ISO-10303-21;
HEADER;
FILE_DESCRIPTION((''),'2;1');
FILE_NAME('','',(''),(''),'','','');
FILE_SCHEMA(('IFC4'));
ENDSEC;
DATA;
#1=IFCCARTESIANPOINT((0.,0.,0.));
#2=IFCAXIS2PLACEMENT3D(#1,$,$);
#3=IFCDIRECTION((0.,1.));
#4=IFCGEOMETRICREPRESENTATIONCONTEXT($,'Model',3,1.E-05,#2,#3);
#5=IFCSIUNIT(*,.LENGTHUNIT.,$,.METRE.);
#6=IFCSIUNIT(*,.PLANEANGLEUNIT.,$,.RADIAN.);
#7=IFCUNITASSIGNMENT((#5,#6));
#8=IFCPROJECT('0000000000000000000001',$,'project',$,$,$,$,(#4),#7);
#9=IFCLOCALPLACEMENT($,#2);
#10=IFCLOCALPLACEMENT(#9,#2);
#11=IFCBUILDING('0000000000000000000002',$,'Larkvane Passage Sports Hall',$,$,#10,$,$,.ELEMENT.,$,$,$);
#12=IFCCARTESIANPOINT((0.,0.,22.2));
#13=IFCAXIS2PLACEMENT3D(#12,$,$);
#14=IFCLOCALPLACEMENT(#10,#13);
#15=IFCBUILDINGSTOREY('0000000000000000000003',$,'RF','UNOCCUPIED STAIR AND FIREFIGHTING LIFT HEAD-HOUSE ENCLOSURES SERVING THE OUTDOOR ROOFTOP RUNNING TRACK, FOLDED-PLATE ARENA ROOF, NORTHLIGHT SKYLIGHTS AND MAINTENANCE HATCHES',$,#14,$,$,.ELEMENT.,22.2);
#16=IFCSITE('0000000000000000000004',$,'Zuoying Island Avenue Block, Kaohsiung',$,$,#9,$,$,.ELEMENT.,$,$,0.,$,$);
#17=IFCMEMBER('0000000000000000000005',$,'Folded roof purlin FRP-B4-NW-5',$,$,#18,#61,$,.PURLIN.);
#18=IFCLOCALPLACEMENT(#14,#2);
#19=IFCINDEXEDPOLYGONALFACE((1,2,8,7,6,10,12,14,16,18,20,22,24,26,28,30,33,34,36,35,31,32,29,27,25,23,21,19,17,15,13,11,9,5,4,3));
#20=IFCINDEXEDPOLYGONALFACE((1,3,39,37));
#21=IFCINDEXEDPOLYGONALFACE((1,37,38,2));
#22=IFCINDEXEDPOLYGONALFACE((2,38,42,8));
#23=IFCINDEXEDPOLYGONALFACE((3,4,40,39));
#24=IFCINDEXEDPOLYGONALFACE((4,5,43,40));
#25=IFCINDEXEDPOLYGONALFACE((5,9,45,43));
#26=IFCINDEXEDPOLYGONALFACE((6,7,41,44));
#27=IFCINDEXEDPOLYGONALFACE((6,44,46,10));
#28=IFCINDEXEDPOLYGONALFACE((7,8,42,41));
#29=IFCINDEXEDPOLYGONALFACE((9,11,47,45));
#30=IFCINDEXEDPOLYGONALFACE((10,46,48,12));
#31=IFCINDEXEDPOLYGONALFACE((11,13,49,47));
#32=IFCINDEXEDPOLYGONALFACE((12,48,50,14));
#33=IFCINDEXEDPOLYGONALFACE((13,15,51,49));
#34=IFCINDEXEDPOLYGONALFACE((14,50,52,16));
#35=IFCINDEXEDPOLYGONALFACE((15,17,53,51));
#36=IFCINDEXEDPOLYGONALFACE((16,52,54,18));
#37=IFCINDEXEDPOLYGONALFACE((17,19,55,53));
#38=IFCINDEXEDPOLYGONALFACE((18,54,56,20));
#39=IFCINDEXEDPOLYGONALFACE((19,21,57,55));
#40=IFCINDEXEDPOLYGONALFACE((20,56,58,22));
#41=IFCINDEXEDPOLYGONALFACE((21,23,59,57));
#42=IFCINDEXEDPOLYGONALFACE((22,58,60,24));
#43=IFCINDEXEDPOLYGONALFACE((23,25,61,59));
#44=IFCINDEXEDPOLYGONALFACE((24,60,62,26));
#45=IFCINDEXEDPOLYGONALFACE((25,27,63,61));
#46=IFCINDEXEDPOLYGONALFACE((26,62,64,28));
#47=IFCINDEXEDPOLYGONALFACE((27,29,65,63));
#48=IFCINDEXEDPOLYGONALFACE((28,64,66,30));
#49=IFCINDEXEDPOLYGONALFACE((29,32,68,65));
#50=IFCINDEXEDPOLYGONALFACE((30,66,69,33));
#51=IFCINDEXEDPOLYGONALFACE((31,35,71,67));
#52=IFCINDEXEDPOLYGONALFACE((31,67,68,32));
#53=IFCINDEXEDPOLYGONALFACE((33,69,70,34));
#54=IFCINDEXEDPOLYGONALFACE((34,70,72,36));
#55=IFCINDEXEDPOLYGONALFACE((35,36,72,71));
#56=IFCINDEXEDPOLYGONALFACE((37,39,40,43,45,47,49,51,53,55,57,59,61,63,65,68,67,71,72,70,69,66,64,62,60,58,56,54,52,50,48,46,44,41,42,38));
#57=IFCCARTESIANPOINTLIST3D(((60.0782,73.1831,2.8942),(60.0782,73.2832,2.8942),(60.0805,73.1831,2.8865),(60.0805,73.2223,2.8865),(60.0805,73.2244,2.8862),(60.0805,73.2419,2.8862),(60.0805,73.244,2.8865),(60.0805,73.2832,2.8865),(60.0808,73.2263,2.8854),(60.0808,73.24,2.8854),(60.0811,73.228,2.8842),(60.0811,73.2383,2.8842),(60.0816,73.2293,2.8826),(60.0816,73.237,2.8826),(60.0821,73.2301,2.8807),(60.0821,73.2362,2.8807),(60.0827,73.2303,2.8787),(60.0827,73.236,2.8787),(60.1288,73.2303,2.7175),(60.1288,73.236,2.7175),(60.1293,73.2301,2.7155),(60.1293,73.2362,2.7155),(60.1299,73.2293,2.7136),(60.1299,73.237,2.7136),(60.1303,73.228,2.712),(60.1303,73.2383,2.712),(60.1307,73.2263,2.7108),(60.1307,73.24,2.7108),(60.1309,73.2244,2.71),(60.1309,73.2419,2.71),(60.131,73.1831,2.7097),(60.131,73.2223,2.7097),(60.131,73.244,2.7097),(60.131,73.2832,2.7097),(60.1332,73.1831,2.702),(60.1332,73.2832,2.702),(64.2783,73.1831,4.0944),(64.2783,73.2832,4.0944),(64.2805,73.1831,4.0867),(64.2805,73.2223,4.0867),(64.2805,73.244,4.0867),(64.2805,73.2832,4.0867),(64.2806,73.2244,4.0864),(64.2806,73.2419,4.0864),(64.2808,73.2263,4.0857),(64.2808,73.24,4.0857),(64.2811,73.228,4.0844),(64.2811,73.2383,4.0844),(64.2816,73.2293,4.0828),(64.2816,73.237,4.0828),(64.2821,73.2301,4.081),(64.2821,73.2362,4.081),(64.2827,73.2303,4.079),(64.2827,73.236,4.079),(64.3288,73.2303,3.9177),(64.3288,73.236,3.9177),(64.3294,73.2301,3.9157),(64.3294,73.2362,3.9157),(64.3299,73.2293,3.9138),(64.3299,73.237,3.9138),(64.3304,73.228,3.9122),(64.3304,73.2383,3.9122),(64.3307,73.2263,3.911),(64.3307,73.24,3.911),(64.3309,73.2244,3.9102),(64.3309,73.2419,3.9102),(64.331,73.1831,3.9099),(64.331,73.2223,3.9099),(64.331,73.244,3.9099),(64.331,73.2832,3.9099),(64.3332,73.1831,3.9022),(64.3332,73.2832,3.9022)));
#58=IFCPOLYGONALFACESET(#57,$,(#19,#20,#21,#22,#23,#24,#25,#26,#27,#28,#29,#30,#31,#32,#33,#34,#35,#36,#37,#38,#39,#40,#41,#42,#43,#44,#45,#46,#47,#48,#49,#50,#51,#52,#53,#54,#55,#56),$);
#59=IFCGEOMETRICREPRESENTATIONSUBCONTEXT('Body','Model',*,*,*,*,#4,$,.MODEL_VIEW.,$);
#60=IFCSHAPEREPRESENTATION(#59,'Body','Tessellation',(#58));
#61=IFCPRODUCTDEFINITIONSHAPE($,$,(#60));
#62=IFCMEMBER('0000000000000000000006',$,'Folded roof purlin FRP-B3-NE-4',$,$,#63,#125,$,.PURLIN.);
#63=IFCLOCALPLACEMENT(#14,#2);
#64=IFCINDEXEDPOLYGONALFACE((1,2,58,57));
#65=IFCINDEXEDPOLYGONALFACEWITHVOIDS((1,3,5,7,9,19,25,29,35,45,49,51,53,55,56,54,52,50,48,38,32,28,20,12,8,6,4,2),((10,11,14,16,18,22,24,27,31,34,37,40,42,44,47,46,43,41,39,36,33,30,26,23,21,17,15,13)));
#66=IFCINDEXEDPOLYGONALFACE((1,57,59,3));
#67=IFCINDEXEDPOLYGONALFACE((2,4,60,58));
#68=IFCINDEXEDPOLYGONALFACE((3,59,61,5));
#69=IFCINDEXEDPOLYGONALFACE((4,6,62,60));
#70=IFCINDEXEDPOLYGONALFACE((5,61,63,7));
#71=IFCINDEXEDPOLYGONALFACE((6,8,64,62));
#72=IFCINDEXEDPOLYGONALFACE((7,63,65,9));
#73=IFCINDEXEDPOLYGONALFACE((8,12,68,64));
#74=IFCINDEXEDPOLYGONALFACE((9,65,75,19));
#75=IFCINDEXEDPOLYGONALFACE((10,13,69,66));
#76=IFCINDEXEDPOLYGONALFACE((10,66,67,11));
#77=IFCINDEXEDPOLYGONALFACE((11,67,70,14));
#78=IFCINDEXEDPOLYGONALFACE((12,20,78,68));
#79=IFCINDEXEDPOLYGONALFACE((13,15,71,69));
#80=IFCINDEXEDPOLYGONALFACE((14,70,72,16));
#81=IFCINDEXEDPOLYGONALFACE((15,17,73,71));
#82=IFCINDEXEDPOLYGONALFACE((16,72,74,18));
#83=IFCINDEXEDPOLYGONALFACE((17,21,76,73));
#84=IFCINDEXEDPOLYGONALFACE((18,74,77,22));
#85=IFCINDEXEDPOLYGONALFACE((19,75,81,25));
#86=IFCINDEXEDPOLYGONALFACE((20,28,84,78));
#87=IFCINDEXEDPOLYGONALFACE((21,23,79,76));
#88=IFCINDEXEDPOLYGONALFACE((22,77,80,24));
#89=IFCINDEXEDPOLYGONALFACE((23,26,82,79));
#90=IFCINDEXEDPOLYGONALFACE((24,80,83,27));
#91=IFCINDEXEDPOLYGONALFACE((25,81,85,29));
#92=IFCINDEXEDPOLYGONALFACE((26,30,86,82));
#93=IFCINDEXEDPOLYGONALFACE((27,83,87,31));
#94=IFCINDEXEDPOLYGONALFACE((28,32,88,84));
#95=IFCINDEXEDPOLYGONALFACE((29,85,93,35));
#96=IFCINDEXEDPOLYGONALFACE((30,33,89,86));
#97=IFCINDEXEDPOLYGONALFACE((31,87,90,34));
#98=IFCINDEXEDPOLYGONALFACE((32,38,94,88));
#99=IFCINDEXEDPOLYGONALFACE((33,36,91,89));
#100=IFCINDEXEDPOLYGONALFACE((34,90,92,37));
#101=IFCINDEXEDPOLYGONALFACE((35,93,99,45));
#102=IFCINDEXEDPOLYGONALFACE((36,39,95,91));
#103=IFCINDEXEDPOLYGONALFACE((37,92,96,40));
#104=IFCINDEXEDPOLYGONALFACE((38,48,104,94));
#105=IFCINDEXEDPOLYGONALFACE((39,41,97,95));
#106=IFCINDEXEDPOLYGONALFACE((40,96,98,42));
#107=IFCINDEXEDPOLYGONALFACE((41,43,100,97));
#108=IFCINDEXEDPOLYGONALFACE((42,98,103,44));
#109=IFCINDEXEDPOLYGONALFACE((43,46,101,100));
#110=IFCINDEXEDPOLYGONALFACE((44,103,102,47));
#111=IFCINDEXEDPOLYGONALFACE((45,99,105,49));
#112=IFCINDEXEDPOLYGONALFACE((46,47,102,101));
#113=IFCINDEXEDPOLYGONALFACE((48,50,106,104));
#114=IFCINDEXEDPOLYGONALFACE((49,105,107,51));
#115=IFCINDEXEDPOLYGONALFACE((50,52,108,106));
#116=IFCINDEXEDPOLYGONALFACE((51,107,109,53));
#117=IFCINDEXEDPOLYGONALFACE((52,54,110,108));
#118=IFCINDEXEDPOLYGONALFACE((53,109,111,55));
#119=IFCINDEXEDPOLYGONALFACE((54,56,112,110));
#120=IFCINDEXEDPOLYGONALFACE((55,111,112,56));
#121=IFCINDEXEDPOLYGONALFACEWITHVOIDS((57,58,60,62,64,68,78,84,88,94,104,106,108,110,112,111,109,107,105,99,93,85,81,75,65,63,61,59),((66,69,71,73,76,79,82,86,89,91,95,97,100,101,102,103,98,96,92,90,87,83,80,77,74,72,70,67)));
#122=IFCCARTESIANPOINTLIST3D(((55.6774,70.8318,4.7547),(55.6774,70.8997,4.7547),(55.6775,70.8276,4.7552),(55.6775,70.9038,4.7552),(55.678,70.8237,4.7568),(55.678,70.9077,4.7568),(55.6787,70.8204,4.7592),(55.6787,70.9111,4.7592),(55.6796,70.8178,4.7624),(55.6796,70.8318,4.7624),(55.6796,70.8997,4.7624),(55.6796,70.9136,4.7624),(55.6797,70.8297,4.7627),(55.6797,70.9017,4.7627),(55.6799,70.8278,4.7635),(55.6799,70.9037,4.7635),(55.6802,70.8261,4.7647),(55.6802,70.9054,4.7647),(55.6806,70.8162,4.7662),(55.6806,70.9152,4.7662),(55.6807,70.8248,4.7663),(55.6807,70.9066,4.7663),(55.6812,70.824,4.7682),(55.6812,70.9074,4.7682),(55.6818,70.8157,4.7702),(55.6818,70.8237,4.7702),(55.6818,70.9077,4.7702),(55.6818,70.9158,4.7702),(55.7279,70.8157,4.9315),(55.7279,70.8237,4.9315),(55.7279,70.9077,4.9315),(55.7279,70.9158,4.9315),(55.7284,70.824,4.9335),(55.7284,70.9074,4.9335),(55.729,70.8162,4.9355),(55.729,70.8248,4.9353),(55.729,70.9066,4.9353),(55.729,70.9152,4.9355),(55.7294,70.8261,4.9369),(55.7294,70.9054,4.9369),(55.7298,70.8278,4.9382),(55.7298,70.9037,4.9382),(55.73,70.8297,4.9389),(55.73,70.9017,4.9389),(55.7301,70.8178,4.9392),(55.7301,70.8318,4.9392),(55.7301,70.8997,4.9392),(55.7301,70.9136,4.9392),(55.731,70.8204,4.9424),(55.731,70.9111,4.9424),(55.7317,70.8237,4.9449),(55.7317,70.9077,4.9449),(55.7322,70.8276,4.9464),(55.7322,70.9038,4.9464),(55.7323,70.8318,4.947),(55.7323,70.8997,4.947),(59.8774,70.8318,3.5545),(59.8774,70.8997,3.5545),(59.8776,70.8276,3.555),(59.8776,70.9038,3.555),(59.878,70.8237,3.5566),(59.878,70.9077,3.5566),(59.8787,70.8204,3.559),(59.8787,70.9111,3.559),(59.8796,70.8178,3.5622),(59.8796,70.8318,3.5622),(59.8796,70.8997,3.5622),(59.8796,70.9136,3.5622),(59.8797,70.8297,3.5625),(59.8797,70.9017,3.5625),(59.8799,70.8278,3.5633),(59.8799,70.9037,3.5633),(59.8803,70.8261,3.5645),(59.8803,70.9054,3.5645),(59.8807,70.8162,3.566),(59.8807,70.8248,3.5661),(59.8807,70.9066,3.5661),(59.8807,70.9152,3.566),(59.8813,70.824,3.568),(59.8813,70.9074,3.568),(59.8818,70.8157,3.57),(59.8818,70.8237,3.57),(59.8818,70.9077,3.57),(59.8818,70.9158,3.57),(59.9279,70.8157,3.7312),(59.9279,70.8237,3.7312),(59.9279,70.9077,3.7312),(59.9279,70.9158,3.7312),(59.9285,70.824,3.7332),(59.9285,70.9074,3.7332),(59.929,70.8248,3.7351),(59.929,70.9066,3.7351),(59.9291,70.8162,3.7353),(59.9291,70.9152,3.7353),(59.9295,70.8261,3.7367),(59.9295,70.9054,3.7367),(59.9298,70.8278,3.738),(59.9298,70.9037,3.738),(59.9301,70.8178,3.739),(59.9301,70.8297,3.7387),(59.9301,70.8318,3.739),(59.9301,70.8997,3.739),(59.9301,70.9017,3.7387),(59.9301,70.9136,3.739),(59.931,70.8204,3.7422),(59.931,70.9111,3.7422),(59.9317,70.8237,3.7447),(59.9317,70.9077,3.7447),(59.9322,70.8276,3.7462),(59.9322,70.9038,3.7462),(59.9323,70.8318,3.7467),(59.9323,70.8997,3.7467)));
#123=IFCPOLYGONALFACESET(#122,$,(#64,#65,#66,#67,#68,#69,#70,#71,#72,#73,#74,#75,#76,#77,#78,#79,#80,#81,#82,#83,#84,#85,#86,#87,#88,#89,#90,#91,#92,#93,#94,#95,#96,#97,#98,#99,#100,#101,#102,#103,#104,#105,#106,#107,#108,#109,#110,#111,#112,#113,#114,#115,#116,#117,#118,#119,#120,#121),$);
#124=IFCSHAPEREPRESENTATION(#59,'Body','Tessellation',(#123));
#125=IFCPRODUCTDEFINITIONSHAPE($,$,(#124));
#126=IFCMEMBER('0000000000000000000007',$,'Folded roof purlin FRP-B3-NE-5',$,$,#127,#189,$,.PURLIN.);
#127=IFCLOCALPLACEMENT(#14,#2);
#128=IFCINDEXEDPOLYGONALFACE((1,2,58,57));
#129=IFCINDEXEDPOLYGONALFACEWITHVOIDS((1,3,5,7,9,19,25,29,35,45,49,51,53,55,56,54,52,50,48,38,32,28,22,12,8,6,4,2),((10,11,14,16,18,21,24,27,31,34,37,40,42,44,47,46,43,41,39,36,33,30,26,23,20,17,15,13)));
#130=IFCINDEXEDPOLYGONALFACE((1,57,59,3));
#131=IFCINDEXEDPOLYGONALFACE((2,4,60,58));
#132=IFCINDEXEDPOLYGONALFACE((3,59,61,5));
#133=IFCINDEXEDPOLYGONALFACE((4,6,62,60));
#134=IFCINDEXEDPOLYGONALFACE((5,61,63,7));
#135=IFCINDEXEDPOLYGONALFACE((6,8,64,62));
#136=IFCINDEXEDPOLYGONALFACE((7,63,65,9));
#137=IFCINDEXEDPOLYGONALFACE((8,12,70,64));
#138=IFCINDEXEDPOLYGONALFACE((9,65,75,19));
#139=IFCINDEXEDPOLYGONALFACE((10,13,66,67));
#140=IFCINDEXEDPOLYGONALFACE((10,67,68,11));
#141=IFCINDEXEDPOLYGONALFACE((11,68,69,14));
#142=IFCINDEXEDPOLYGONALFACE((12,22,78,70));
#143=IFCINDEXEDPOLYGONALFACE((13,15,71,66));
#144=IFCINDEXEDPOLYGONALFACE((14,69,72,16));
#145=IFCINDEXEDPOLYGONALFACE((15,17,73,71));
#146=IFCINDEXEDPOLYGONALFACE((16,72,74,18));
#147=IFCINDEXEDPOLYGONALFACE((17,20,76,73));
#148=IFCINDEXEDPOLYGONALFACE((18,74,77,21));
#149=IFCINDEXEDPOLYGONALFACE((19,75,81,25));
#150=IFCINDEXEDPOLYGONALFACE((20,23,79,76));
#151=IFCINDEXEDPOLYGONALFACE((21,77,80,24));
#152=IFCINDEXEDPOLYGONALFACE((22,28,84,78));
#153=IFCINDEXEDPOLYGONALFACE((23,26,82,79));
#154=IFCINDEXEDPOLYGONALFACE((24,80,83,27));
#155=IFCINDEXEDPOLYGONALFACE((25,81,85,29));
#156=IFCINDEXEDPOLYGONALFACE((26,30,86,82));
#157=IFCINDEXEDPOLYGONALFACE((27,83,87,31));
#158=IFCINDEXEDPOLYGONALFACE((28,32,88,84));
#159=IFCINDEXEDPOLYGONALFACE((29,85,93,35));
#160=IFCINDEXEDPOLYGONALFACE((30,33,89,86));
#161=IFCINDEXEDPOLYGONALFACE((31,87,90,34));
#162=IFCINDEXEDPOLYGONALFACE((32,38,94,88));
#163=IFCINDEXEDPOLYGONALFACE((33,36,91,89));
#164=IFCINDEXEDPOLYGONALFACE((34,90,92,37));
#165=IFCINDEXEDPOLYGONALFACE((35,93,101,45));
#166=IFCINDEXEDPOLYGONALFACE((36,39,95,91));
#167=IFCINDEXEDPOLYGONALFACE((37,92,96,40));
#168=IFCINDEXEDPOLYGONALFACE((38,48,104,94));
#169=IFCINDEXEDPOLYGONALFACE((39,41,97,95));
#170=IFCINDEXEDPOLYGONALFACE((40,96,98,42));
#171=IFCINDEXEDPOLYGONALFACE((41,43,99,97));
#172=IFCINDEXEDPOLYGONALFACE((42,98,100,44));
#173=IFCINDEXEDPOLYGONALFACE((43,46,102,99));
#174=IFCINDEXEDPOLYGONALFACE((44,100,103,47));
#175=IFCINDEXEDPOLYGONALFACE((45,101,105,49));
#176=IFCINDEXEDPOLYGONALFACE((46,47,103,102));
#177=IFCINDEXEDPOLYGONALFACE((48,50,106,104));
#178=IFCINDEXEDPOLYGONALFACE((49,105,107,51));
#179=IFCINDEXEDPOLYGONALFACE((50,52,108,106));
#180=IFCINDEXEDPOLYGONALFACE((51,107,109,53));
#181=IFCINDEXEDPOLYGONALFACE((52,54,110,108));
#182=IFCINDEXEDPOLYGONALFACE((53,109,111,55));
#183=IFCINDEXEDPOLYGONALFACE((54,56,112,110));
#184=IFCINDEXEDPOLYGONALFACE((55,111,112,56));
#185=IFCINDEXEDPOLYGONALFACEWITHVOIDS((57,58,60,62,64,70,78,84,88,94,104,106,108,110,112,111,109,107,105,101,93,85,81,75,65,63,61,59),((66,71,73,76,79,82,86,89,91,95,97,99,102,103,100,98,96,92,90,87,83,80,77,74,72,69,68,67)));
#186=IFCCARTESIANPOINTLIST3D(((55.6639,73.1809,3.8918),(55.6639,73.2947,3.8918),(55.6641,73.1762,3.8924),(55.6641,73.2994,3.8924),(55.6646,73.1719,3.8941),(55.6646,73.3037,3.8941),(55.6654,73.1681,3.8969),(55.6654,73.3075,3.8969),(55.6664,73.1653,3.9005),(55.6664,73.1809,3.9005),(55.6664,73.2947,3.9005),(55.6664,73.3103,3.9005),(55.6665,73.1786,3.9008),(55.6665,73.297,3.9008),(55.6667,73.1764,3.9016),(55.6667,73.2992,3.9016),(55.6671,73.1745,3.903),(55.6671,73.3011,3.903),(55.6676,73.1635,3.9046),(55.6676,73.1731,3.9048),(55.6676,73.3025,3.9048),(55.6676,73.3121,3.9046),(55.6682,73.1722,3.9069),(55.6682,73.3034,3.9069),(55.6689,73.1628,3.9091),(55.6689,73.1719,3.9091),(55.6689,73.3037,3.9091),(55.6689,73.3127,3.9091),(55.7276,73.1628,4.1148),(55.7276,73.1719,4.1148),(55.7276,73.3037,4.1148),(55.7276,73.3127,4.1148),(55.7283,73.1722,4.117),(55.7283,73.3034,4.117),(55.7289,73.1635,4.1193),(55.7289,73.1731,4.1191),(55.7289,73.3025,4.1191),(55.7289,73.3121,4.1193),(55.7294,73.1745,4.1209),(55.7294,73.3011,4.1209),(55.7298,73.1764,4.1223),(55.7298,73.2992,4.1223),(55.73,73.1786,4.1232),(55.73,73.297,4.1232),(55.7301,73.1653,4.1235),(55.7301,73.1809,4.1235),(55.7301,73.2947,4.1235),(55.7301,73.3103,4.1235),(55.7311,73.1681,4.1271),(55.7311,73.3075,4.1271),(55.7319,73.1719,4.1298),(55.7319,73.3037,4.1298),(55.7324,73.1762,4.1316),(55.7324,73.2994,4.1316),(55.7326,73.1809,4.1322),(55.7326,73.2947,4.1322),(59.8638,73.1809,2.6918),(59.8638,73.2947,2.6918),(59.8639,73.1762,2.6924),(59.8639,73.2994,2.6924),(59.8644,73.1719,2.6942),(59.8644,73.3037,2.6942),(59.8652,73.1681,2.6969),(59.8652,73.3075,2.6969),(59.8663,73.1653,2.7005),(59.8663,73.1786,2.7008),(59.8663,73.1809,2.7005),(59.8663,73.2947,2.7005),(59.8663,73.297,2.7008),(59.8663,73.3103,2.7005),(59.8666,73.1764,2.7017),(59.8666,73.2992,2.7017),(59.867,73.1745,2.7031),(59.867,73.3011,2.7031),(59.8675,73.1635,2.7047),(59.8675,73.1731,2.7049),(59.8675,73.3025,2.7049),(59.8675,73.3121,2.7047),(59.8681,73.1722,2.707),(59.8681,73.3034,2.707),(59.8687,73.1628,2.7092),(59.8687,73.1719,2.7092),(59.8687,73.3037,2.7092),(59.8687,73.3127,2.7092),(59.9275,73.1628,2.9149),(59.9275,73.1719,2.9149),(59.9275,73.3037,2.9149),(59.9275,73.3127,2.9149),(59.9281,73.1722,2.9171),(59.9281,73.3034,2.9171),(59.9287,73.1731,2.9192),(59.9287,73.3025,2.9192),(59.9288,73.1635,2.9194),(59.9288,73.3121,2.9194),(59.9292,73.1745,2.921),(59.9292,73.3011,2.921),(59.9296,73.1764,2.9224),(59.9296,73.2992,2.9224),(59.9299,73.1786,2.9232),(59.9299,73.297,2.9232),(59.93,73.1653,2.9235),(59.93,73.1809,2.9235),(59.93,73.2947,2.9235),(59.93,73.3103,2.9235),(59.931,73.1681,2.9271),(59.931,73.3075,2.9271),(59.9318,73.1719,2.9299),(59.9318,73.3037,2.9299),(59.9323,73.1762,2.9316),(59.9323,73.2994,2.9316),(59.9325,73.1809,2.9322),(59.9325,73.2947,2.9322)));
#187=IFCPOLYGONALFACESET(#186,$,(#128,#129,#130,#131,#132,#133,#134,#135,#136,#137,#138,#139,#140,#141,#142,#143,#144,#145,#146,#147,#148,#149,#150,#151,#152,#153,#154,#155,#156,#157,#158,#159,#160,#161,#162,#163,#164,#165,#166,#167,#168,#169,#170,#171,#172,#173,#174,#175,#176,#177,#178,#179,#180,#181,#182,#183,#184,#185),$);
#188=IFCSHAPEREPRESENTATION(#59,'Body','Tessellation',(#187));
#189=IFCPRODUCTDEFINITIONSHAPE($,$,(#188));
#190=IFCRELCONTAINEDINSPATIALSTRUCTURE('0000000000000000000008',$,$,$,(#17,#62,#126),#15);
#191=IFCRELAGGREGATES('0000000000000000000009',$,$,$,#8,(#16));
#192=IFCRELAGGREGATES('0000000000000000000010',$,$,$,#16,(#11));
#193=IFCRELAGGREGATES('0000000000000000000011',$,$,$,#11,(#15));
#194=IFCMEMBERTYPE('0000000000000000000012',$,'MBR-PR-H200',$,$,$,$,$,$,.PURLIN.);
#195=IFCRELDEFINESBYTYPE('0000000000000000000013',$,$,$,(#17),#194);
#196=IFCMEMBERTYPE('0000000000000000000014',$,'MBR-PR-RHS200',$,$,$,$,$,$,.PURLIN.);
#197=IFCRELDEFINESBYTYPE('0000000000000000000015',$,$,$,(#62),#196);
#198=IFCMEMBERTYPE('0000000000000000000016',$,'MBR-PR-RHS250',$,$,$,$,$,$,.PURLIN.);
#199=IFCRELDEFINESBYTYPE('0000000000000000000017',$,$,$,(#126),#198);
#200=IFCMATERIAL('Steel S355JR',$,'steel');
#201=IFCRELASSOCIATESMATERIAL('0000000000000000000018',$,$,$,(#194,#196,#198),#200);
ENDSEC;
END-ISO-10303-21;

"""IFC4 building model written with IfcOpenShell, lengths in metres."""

from ifc_helpers import new_model, si_unit, direction, frame, origin, origin_2d, place, context, subcontext, project, spatial, hollow_rectangle, i_section, extrude, material, material_profile, profile_set, type_object, element, save


model = new_model("IFC4")

# Units and contexts
model_context = context("Model", 3, precision=1e-05, world=origin(), true_north=direction((0.0, 1.0)))
body_context = subcontext(model_context, "Body", "Model", "MODEL_VIEW")
ifc_project = project(units=[si_unit("LENGTHUNIT", "METRE"), si_unit("PLANEANGLEUNIT", "RADIAN")], contexts=[model_context])

# Site, building, storey
site_placement = place(None, origin())
site = spatial("IfcSite", under=ifc_project, at=site_placement, Name="Zuoying Island Avenue Block, Kaohsiung", CompositionType="ELEMENT", RefElevation=0.0)
building_placement = place(site_placement, origin())
building = spatial("IfcBuilding", under=site, at=building_placement, Name="Larkvane Passage Sports Hall", CompositionType="ELEMENT")
storey_placement = place(building_placement, frame((0.0, 0.0, 22.2)))
storey = spatial("IfcBuildingStorey", under=building, at=storey_placement, Name="RF", Description="UNOCCUPIED STAIR AND FIREFIGHTING LIFT HEAD-HOUSE ENCLOSURES SERVING THE OUTDOOR ROOFTOP RUNNING TRACK, FOLDED-PLATE ARENA ROOF, NORTHLIGHT SKYLIGHTS AND MAINTENANCE HATCHES", CompositionType="ELEMENT", Elevation=22.2)

# Members
ifc_material_1 = material(Name="Steel S355JR", Category="steel")
ifc_material_profile_1 = material_profile(ifc_material_1, i_section(OverallWidth=0.1001, OverallDepth=0.2, WebThickness=0.0056, FlangeThickness=0.0081, FilletRadius=0.0081, at=origin_2d()), Name="H-200x100x5.5x8")
ifc_profile_set_1 = profile_set([ifc_material_profile_1], Name="Steel S355JR")
member_type_1 = type_object("IfcMemberType", Name="MBR-PR-H200", PredefinedType="PURLIN", material=ifc_profile_set_1)
member_1_placement = place(storey_placement, frame((60.1057, 73.2332, 2.7981), z_axis=(0.961511, 0.0, 0.274765), x_axis=(0.0, 1.0, 0.0)))
element("IfcMember", 1, at=member_1_placement, inside=storey, type_object=member_type_1, Name="Folded roof purlin FRP-B4-NW-5", PredefinedType="PURLIN", context=body_context, shape_type="SweptSolid", body=[
    extrude(i_section(OverallWidth=0.1001, OverallDepth=0.2, WebThickness=0.0056, FlangeThickness=0.0081, FilletRadius=0.0081, at=origin_2d()), origin(), (0.0, 0.0, 1.0), 4.3682),
])
ifc_material_profile_2 = material_profile(ifc_material_1, hollow_rectangle(XDim=0.1001, YDim=0.2, WallThickness=0.0081, InnerFilletRadius=0.0081, OuterFilletRadius=0.0161, at=origin_2d()), Name="RHS-200x100x8")
ifc_profile_set_2 = profile_set([ifc_material_profile_2], Name="Steel S355JR")
member_type_2 = type_object("IfcMemberType", Name="MBR-PR-RHS200", PredefinedType="PURLIN", material=ifc_profile_set_2)
member_2_placement = place(storey_placement, frame((55.7048, 70.8657, 4.8508), z_axis=(0.961511, 0.0, -0.274765), x_axis=(0.0, 1.0, 0.0)))
element("IfcMember", 2, at=member_2_placement, inside=storey, type_object=member_type_2, Name="Folded roof purlin FRP-B3-NE-4", PredefinedType="PURLIN", context=body_context, shape_type="SweptSolid", body=[
    extrude(hollow_rectangle(XDim=0.1001, YDim=0.2, WallThickness=0.0081, InnerFilletRadius=0.0081, OuterFilletRadius=0.0161, at=origin_2d()), origin(), (0.0, 0.0, 1.0), 4.3682),
])
ifc_material_profile_3 = material_profile(ifc_material_1, hollow_rectangle(XDim=0.1499, YDim=0.25, WallThickness=0.009, InnerFilletRadius=0.009, OuterFilletRadius=0.0181, at=origin_2d()), Name="RHS-250x150x9")
ifc_profile_set_3 = profile_set([ifc_material_profile_3], Name="Steel S355JR")
member_type_3 = type_object("IfcMemberType", Name="MBR-PR-RHS250", PredefinedType="PURLIN", material=ifc_profile_set_3)
for number, where, z_axis, x_axis, name in (
    (3, (55.6982, 73.2378, 4.012), (0.961526, 0.0, -0.274714), (0.0, 1.0, 0.0), "Folded roof purlin FRP-B3-NE-5"),
):
    element("IfcMember", number, at=place(storey_placement, frame(where, z_axis=z_axis, x_axis=x_axis)), inside=storey, type_object=member_type_3, Name=name, PredefinedType="PURLIN", context=body_context, shape_type="SweptSolid", body=[
        extrude(hollow_rectangle(XDim=0.1499, YDim=0.25, WallThickness=0.009, InnerFilletRadius=0.009, OuterFilletRadius=0.0181, at=origin_2d()), origin(), (0.0, 0.0, 1.0), 4.3679),
    ])

save(model, "model.ifc")
